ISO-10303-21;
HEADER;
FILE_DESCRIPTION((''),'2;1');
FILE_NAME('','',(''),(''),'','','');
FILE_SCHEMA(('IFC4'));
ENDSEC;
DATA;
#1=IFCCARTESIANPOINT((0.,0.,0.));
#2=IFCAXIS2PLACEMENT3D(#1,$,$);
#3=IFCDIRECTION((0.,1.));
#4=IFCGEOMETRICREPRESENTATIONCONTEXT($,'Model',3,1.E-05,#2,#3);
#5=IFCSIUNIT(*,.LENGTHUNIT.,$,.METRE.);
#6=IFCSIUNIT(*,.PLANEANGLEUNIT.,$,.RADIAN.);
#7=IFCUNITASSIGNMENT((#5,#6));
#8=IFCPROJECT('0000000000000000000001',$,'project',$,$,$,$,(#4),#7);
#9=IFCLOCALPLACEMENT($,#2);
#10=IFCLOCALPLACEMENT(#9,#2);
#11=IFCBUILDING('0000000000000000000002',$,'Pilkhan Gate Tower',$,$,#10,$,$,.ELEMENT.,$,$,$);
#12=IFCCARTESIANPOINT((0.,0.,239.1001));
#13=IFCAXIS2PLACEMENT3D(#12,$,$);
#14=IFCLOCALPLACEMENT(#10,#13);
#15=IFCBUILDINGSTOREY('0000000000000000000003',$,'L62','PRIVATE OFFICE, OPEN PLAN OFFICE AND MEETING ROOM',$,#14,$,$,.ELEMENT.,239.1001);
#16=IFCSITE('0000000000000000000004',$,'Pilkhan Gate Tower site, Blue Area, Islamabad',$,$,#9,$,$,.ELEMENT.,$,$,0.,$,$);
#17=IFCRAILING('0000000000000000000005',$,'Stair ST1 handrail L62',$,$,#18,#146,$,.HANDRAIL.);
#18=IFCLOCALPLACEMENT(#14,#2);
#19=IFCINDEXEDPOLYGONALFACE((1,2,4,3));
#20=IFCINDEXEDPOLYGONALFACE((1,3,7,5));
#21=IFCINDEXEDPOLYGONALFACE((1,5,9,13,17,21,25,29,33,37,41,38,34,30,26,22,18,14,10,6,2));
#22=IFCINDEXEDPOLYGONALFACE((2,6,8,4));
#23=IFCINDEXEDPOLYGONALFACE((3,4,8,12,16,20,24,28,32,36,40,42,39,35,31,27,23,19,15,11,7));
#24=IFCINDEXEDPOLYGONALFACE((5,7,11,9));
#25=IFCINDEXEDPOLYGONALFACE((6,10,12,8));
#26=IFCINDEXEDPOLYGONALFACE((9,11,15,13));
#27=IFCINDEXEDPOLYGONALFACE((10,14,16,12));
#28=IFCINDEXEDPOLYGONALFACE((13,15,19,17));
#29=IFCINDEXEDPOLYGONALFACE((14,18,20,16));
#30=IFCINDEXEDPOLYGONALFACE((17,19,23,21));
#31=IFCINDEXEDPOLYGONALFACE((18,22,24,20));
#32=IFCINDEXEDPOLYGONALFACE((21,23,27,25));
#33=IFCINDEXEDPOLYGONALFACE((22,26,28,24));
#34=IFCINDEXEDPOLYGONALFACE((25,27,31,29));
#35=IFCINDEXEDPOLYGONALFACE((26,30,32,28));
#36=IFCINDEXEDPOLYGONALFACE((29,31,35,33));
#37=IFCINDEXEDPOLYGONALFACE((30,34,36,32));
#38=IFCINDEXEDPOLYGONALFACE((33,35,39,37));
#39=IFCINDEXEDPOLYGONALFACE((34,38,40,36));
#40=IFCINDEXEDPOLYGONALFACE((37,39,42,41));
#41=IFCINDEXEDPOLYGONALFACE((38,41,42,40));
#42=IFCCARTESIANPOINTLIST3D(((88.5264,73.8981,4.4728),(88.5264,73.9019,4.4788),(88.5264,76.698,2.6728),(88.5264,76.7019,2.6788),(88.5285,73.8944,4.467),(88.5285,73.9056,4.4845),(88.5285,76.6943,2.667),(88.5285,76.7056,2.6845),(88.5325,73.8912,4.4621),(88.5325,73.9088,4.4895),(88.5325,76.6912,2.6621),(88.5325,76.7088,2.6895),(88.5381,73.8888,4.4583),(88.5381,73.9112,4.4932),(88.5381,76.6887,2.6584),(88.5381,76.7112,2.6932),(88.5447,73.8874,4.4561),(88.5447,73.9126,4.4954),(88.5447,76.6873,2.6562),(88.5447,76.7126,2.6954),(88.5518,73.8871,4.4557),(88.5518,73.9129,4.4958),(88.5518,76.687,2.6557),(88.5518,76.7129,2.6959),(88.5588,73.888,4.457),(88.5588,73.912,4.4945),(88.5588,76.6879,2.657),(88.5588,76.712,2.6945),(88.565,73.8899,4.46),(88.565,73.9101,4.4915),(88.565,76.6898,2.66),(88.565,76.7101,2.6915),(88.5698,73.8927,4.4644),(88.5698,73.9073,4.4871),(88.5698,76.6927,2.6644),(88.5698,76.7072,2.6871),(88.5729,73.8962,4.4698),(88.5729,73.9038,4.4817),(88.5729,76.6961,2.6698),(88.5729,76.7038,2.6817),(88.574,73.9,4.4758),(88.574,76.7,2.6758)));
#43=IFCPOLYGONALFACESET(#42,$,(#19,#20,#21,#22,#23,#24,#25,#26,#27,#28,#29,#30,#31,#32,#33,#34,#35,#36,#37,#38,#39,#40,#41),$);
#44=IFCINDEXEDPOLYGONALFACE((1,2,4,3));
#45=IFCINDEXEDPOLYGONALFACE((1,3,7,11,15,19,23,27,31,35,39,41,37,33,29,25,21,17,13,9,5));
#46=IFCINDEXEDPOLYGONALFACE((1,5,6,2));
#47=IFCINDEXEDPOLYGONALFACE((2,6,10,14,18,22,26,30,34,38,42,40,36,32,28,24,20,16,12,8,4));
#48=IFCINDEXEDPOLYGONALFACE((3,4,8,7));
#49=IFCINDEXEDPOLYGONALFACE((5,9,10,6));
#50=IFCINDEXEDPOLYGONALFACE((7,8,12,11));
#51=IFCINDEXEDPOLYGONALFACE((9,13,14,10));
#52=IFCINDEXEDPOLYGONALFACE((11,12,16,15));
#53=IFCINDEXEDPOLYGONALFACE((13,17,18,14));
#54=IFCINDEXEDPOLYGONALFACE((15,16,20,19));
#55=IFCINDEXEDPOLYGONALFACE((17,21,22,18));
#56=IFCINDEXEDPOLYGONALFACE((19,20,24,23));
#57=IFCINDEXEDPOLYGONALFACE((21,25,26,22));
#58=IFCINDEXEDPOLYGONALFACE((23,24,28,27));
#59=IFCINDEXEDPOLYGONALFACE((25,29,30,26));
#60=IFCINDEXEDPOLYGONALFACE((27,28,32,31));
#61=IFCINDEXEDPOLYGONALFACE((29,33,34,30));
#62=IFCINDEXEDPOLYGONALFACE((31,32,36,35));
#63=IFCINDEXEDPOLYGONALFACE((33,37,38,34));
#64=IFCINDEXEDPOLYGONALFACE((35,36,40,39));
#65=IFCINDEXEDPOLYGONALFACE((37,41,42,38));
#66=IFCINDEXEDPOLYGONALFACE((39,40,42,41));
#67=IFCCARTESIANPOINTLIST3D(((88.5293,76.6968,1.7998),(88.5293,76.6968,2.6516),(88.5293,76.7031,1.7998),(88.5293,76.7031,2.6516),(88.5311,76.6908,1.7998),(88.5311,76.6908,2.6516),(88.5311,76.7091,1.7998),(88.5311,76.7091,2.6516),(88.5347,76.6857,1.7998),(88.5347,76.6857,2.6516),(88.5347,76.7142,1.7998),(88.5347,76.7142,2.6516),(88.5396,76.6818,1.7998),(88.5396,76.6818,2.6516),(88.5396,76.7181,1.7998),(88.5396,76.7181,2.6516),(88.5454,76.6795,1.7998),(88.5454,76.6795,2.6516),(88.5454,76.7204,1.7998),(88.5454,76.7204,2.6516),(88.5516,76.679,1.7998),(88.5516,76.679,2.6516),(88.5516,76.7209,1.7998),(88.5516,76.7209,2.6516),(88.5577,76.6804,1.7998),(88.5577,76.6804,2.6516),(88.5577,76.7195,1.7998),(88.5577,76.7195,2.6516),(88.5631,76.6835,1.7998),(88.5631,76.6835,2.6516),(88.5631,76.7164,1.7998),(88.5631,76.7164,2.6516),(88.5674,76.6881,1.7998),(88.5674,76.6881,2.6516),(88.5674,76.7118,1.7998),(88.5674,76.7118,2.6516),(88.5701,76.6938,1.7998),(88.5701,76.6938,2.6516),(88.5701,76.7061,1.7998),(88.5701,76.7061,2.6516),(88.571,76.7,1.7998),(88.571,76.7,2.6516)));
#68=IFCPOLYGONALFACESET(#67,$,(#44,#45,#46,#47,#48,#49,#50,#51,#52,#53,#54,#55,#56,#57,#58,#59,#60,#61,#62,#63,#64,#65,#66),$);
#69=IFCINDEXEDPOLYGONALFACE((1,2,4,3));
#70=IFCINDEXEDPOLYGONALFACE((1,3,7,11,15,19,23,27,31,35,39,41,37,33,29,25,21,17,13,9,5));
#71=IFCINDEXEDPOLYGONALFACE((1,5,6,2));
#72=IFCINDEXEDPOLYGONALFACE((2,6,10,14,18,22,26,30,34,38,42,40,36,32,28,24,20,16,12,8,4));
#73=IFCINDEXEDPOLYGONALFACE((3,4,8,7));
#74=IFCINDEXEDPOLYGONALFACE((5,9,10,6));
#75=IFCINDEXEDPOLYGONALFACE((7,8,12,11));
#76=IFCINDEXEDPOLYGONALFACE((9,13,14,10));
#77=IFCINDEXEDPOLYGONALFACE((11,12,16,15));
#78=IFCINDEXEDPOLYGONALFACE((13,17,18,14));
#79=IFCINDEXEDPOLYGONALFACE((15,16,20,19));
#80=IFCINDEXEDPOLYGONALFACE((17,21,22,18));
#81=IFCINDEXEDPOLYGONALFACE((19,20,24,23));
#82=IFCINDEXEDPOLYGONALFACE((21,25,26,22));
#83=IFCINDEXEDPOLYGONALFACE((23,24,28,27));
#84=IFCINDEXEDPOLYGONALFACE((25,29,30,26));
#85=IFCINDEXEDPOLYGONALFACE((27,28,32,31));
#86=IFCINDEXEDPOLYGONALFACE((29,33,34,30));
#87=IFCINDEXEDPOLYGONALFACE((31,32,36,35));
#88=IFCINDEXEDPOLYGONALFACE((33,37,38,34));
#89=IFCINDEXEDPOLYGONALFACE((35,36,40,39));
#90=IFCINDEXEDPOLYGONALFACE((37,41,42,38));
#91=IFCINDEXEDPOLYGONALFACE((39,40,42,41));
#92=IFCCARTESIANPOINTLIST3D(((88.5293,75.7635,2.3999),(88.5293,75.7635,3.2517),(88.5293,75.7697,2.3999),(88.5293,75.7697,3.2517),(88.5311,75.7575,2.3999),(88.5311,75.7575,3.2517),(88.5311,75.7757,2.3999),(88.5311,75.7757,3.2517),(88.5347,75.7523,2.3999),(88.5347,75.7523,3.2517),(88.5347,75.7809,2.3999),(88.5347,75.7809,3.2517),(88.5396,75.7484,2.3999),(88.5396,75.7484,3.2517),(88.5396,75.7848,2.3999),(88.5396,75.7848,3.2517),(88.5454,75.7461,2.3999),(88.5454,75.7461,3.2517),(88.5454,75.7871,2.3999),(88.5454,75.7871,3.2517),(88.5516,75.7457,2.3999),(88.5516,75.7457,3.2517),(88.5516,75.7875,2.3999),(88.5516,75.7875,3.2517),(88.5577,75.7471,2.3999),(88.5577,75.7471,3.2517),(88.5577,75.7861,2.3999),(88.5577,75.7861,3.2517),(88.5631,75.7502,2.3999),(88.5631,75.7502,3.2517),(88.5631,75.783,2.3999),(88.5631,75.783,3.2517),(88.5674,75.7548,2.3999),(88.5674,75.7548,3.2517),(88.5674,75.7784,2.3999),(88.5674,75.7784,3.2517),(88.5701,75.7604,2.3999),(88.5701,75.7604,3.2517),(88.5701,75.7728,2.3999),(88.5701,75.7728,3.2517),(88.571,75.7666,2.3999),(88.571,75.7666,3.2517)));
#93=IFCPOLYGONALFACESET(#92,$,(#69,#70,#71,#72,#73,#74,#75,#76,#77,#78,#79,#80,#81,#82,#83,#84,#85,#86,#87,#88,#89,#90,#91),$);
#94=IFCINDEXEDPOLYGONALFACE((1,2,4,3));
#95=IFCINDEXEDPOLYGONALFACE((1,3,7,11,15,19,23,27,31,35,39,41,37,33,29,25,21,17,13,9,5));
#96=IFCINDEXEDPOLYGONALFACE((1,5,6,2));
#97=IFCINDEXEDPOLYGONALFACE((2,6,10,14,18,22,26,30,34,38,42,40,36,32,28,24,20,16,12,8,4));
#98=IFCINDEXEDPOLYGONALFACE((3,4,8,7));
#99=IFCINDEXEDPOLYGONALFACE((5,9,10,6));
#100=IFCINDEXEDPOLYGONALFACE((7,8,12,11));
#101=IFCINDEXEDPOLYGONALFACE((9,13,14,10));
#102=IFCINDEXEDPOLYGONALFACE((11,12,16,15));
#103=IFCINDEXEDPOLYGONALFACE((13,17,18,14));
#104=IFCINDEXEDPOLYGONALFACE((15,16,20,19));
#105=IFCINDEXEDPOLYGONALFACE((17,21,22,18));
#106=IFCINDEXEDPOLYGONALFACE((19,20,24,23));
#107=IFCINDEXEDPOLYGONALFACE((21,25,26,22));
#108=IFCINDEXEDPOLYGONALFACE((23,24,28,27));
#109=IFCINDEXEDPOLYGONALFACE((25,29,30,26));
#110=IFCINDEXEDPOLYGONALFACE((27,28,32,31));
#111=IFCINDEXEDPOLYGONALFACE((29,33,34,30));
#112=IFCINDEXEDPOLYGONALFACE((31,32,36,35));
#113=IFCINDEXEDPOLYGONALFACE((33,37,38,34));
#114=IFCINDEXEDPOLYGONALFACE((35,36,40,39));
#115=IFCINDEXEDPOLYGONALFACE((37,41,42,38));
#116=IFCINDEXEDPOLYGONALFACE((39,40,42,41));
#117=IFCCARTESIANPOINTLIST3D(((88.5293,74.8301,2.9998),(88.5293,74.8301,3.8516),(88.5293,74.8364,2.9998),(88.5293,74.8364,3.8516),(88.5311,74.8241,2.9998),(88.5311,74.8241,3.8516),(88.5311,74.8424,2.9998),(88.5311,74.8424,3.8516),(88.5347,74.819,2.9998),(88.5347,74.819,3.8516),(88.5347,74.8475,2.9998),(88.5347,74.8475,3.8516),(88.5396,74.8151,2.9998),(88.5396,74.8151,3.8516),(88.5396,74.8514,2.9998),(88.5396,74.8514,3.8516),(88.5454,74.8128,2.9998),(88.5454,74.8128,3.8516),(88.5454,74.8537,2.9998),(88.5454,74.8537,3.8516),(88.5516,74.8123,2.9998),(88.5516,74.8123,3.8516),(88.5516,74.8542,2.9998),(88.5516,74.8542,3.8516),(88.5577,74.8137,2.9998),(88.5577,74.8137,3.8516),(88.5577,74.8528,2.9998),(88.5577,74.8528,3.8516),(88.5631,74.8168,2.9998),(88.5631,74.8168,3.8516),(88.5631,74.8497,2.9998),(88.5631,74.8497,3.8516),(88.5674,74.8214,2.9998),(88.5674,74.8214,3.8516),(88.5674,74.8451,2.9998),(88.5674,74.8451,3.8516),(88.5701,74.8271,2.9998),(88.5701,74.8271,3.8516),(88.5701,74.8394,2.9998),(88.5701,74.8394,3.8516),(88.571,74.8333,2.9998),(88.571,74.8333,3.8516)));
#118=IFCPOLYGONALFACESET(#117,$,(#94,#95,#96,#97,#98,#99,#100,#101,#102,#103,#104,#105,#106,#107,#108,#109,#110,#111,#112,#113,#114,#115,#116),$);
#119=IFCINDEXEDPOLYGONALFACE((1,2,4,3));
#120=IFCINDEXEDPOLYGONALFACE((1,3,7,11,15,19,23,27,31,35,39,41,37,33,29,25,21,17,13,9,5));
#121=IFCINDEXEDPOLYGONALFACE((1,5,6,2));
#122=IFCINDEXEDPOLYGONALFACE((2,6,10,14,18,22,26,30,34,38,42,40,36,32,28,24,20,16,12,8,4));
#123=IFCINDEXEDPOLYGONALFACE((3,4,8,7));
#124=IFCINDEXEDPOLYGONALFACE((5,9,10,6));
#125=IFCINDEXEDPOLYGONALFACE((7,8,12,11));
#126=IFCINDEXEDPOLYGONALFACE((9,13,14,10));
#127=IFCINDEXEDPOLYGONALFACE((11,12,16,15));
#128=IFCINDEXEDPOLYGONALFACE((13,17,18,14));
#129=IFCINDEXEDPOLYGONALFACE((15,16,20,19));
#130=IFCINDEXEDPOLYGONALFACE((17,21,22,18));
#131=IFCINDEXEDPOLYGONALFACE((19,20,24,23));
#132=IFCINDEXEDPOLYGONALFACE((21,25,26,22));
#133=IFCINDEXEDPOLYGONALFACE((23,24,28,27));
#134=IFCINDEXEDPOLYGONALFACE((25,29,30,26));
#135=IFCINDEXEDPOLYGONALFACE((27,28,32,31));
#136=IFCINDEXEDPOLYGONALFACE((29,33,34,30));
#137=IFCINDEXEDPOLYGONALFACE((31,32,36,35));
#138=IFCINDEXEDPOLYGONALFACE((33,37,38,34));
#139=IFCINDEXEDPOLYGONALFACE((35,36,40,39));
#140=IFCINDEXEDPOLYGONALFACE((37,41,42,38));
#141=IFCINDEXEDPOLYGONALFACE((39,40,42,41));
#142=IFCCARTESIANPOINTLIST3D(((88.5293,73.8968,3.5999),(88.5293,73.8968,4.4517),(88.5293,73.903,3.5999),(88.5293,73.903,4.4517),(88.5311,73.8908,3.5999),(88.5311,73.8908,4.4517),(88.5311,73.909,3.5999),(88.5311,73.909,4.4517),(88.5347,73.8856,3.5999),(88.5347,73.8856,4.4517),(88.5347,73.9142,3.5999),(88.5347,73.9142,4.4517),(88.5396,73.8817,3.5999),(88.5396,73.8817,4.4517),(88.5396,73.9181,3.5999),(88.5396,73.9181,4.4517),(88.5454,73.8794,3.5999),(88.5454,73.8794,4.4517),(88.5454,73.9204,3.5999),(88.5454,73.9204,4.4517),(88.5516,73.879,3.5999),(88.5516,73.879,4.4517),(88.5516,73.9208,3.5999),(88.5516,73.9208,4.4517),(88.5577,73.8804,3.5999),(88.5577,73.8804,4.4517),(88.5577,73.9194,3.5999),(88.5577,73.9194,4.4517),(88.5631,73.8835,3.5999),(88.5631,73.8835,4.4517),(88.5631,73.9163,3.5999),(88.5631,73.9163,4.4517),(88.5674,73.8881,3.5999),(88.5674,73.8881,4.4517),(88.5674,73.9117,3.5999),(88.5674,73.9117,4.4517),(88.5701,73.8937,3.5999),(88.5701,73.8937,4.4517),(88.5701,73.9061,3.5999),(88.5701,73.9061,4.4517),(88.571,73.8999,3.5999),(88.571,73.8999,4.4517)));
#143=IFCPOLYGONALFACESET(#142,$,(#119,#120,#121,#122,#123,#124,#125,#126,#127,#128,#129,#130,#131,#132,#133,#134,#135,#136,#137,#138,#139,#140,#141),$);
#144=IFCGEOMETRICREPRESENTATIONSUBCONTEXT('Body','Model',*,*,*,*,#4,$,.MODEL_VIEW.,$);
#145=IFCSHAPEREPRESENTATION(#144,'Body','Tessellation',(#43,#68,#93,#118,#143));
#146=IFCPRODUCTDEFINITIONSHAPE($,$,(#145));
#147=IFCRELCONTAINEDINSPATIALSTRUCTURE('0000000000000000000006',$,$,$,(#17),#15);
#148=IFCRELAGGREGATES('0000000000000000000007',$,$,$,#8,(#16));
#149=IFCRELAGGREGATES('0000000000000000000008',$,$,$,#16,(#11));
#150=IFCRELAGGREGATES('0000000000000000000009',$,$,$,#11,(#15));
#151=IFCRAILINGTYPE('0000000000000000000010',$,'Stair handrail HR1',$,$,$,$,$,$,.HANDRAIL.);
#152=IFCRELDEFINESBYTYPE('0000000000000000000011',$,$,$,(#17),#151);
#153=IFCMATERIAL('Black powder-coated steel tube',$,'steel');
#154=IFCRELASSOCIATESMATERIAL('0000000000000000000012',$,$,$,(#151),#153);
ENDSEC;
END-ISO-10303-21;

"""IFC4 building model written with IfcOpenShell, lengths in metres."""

from ifc_helpers import new_model, si_unit, direction, frame, origin, origin_2d, place, context, subcontext, project, spatial, circle, extrude, material, type_object, element, save


model = new_model("IFC4")

# Units and contexts
model_context = context("Model", 3, precision=1e-05, world=origin(), true_north=direction((0.0, 1.0)))
body_context = subcontext(model_context, "Body", "Model", "MODEL_VIEW")
ifc_project = project(units=[si_unit("LENGTHUNIT", "METRE"), si_unit("PLANEANGLEUNIT", "RADIAN")], contexts=[model_context])

# Site, building, storey
site_placement = place(None, origin())
site = spatial("IfcSite", under=ifc_project, at=site_placement, Name="Pilkhan Gate Tower site, Blue Area, Islamabad", CompositionType="ELEMENT", RefElevation=0.0)
building_placement = place(site_placement, origin())
building = spatial("IfcBuilding", under=site, at=building_placement, Name="Pilkhan Gate Tower", CompositionType="ELEMENT")
storey_placement = place(building_placement, frame((0.0, 0.0, 239.1001)))
storey = spatial("IfcBuildingStorey", under=building, at=storey_placement, Name="L62", Description="PRIVATE OFFICE, OPEN PLAN OFFICE AND MEETING ROOM", CompositionType="ELEMENT", Elevation=239.1001)

# Railing
ifc_material_1 = material(Name="Black powder-coated steel tube", Category="steel")
railing_type_1 = type_object("IfcRailingType", Name="Stair handrail HR1", PredefinedType="HANDRAIL", material=ifc_material_1)
railing_1_placement = place(storey_placement, frame((88.55, 76.7, 1.7998)))
element("IfcRailing", 1, at=railing_1_placement, inside=storey, type_object=railing_type_1, Name="Stair ST1 handrail L62", PredefinedType="HANDRAIL", context=body_context, shape_type="SweptSolid", body=[
    extrude(circle(Radius=0.0239, at=origin_2d()), frame((0.0, 0.0, 0.876), z_axis=(0.0, -0.841176, 0.540761), x_axis=(1.0, 0.0, 0.0)), (0.0, 0.0, 1.0), 3.3286),
    extrude(circle(Radius=0.021, at=origin_2d()), origin(), (0.0, 0.0, 1.0), 0.8518),
    extrude(circle(Radius=0.021, at=origin_2d()), frame((0.0, -0.9333, 0.6001)), (0.0, 0.0, 1.0), 0.8518),
    extrude(circle(Radius=0.021, at=origin_2d()), frame((0.0, -1.8667, 1.2)), (0.0, 0.0, 1.0), 0.8518),
    extrude(circle(Radius=0.021, at=origin_2d()), frame((0.0, -2.8, 1.8)), (0.0, 0.0, 1.0), 0.8518),
])

save(model, "model.ifc")
